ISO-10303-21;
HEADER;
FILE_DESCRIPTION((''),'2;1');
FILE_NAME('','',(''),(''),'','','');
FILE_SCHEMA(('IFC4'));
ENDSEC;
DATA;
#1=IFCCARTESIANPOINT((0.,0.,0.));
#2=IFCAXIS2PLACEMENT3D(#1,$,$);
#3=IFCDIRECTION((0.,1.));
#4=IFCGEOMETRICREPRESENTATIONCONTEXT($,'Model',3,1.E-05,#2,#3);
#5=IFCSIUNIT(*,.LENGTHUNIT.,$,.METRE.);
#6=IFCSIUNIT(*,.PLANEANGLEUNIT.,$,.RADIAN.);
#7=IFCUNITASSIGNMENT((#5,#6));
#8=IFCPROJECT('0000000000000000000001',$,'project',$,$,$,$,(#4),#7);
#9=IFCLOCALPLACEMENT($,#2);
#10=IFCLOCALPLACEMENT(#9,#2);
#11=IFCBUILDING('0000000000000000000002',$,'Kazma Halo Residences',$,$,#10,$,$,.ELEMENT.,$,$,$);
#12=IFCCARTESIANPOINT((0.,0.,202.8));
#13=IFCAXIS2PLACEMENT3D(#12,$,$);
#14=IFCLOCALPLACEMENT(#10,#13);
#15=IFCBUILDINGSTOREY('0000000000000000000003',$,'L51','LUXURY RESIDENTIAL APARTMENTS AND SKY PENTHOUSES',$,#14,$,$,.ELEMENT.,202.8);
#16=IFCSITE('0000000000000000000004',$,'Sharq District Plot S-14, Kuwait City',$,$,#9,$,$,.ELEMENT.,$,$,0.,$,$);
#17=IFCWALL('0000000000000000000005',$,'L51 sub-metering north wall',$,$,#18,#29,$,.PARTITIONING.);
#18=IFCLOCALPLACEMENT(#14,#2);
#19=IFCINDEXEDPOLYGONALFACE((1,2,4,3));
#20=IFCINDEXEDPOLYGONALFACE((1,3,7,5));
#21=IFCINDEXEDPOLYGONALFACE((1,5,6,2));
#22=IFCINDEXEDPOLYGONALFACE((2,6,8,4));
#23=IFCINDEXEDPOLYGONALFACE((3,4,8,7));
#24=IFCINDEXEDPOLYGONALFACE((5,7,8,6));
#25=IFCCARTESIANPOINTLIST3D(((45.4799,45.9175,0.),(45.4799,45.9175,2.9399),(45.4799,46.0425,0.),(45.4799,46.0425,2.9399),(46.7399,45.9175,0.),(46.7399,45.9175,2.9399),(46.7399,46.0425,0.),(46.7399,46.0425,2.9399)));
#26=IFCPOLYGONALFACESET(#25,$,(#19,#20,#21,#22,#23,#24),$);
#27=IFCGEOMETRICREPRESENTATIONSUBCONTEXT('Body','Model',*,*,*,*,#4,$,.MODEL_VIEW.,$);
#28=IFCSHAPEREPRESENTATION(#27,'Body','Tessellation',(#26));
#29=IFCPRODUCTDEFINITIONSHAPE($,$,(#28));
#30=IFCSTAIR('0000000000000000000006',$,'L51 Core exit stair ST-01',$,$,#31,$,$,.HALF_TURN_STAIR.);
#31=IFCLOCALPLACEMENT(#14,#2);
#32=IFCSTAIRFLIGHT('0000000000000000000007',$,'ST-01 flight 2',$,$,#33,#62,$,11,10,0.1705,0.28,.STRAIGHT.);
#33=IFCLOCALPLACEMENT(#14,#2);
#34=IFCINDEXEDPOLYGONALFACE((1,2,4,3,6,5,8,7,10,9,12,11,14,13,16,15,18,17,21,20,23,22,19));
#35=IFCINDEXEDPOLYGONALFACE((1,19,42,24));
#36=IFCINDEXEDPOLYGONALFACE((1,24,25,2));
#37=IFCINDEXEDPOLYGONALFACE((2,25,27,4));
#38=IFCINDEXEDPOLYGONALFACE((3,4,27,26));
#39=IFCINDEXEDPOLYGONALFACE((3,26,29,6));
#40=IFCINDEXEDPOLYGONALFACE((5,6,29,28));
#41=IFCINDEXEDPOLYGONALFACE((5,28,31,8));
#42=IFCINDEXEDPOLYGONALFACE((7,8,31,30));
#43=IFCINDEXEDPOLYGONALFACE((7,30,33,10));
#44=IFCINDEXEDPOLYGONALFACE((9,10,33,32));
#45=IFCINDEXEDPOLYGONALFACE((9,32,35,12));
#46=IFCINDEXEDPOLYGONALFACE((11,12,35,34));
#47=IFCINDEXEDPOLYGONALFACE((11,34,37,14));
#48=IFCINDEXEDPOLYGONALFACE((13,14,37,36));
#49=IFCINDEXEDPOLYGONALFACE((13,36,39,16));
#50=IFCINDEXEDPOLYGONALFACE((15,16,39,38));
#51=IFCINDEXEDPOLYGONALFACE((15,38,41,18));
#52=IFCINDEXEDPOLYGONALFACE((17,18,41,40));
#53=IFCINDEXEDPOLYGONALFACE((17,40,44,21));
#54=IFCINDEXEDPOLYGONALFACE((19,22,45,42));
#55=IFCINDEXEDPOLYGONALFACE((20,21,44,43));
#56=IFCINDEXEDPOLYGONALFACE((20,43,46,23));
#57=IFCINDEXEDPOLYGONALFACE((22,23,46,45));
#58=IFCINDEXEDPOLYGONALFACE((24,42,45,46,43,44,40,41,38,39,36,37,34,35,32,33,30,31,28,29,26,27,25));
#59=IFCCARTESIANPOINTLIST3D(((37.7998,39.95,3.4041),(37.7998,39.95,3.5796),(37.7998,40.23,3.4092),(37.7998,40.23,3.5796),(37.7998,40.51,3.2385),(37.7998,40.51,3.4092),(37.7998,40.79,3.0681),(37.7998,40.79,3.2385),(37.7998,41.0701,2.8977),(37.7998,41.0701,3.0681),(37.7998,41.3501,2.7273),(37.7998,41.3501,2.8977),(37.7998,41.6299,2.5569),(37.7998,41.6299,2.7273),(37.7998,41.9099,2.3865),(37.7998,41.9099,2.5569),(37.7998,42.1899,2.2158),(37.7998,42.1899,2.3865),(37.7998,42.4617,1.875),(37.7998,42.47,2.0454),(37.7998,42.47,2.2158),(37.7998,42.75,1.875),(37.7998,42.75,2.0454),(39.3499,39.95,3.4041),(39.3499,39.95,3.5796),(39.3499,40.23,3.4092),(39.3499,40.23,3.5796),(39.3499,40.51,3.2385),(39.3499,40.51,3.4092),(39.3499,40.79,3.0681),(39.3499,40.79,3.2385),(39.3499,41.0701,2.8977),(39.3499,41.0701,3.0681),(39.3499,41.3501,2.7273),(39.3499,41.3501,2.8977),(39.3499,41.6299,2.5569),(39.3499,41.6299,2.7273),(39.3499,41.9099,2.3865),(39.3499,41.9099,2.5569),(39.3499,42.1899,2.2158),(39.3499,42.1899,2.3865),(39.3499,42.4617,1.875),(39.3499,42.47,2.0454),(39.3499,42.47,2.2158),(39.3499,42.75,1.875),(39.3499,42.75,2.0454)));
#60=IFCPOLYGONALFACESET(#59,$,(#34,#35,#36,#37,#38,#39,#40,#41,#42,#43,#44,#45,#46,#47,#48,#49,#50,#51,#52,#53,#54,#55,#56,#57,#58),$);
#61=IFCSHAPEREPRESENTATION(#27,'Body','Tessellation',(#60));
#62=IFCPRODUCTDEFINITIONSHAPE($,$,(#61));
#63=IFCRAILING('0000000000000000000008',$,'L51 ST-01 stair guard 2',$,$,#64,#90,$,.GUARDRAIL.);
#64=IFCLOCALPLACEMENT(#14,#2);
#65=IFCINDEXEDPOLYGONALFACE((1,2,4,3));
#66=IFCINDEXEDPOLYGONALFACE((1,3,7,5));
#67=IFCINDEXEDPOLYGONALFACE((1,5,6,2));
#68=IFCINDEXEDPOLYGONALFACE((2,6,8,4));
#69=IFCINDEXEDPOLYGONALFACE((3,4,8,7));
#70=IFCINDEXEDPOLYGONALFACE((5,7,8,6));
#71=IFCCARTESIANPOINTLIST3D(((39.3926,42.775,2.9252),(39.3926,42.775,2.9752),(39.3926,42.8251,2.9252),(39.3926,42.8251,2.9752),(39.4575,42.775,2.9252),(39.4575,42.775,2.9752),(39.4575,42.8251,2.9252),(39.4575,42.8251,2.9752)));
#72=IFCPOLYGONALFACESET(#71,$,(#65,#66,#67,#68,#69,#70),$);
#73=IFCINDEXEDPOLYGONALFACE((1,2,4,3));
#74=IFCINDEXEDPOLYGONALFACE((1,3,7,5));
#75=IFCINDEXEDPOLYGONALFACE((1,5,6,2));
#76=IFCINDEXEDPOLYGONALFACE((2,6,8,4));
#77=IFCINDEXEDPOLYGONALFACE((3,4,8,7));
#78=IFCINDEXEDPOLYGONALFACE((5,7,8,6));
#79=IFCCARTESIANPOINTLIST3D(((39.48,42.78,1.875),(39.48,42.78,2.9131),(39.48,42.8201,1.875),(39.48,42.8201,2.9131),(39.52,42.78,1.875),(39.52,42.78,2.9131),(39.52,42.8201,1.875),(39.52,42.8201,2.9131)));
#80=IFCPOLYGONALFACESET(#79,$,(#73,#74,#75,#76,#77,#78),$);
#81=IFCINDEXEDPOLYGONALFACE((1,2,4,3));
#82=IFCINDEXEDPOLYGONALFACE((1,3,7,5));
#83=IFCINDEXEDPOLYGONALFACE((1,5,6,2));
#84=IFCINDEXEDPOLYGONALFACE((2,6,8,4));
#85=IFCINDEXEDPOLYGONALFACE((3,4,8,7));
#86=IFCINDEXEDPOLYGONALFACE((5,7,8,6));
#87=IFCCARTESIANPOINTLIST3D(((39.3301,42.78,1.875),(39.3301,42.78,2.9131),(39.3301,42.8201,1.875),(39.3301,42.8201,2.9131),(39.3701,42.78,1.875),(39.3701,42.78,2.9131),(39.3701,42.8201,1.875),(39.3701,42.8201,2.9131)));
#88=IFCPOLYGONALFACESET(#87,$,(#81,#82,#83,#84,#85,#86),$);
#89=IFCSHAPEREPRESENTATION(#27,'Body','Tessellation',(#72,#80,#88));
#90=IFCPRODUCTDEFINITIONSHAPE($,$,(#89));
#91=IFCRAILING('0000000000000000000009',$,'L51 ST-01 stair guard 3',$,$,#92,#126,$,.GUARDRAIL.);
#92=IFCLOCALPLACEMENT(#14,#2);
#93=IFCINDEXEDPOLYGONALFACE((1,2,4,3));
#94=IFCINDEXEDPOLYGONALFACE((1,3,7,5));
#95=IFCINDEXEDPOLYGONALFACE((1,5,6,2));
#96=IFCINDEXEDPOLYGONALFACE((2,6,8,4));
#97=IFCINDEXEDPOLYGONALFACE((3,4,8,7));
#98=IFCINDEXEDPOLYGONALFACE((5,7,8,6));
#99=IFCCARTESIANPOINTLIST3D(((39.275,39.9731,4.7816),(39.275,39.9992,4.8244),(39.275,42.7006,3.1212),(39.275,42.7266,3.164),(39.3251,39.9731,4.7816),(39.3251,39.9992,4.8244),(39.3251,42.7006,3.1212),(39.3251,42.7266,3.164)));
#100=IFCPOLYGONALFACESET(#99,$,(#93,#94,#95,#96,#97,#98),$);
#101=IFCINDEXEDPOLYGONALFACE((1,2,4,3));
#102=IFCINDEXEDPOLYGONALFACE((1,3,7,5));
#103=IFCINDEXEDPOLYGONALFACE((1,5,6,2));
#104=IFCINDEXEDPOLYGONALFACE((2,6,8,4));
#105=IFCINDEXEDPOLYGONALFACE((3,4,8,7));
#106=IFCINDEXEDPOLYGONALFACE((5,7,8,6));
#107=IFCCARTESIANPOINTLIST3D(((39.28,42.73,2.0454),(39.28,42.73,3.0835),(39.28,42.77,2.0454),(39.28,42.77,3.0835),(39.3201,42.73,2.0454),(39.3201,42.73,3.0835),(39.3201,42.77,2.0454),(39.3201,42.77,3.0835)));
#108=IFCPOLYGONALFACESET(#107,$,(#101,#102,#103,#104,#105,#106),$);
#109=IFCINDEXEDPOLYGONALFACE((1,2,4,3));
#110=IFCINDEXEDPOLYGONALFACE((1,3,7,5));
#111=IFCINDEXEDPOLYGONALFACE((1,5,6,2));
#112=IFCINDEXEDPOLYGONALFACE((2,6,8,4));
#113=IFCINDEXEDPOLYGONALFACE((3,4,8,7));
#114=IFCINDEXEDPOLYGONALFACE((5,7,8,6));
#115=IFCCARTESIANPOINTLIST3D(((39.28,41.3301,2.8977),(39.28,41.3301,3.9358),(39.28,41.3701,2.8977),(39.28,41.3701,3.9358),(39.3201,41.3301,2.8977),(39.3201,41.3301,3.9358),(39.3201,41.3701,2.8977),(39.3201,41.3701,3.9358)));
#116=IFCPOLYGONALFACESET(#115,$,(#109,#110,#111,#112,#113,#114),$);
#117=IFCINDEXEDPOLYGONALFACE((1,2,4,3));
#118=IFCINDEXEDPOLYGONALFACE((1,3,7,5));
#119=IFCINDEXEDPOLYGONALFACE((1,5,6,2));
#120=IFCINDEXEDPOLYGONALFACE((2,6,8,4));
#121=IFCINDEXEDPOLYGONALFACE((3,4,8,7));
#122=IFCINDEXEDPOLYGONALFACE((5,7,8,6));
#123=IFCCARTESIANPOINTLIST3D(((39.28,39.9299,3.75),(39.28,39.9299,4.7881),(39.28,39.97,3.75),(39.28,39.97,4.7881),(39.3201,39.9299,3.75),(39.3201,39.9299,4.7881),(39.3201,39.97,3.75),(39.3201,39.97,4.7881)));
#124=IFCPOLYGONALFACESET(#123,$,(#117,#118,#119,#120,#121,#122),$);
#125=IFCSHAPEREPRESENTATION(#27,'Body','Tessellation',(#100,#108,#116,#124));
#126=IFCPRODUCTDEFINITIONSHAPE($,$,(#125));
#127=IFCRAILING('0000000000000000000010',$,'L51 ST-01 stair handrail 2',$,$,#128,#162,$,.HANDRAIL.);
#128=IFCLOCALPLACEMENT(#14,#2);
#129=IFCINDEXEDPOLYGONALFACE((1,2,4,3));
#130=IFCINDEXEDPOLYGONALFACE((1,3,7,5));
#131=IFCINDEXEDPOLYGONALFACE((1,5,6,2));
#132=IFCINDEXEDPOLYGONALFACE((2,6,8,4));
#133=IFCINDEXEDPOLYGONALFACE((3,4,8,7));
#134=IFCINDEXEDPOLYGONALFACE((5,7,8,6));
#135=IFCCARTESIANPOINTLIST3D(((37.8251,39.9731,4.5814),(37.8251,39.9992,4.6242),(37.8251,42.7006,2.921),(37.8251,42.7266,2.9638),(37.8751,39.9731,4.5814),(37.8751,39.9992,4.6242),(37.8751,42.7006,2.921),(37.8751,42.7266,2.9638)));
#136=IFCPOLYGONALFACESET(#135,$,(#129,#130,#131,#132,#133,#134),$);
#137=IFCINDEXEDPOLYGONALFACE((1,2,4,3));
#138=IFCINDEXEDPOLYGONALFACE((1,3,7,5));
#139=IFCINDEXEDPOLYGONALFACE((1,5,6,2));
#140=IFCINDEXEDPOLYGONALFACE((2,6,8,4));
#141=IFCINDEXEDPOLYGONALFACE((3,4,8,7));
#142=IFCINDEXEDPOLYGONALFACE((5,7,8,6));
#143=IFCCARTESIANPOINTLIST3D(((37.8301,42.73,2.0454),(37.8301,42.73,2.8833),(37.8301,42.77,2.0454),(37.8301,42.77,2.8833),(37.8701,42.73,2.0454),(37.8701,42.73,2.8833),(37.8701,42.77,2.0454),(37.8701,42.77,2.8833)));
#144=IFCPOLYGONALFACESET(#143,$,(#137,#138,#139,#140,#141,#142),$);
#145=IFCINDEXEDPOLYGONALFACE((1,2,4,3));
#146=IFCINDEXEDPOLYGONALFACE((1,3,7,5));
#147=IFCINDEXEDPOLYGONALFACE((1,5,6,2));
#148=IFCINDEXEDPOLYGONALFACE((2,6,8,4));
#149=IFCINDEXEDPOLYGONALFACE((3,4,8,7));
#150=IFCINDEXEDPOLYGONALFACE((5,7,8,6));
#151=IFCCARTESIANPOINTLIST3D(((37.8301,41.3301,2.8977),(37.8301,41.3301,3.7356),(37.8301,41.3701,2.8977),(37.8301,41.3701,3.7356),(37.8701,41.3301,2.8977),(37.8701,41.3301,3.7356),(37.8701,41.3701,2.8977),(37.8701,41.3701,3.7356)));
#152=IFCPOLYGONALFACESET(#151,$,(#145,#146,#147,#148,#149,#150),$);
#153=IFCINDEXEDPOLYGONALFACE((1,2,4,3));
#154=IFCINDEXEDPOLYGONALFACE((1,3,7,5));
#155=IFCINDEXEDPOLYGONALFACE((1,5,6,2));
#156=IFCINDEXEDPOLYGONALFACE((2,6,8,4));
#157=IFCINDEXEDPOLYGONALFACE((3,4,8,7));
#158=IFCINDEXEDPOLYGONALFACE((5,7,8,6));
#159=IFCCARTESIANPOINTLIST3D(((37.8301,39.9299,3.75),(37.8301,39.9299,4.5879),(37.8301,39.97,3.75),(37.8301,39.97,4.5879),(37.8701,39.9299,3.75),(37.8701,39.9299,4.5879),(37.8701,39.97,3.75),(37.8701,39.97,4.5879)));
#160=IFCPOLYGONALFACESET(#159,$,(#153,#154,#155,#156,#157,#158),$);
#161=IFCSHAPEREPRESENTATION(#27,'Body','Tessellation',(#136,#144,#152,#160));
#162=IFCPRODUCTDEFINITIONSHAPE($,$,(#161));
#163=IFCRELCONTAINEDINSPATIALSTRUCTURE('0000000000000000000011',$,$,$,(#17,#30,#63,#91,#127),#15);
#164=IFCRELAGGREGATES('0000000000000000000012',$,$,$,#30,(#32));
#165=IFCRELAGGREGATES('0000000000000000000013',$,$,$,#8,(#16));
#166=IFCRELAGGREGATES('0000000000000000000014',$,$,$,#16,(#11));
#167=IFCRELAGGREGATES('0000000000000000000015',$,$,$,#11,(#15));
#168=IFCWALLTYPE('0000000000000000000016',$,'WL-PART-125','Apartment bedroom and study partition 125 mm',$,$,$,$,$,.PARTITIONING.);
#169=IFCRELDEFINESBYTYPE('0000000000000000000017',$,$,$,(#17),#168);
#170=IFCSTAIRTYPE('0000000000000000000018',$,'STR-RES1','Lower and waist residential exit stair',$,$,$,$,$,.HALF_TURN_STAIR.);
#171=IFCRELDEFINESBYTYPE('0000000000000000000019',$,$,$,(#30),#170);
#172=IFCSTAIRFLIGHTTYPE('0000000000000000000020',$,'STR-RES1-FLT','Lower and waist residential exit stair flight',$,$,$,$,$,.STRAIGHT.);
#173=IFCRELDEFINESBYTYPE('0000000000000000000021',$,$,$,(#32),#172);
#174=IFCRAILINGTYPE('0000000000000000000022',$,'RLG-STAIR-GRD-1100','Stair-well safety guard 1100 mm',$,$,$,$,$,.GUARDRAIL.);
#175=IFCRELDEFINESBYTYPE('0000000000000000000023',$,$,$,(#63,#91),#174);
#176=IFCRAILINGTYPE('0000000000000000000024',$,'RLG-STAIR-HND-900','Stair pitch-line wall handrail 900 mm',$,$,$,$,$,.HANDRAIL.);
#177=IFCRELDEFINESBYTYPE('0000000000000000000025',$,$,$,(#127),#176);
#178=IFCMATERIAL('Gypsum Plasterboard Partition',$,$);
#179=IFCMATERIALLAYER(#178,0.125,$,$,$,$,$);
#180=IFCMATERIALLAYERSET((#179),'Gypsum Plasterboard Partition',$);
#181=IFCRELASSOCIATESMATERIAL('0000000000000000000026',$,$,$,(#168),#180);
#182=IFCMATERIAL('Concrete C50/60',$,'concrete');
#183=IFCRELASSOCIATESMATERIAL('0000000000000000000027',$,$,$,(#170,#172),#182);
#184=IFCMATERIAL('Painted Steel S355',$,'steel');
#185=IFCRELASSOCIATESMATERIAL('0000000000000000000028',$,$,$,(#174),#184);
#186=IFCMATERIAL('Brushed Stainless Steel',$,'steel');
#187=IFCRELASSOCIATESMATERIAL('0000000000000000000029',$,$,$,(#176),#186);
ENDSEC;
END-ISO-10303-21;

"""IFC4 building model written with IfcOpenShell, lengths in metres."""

from ifc_helpers import new_model, si_unit, direction, frame, frame_2d, origin, origin_2d, place, context, subcontext, project, spatial, polyline, rectangle, outline, extrude, material, layer, layer_set, type_object, element, aggregate, save


model = new_model("IFC4")

# Units and contexts
model_context = context("Model", 3, precision=1e-05, world=origin(), true_north=direction((0.0, 1.0)))
body_context = subcontext(model_context, "Body", "Model", "MODEL_VIEW")
ifc_project = project(units=[si_unit("LENGTHUNIT", "METRE"), si_unit("PLANEANGLEUNIT", "RADIAN")], contexts=[model_context])

# Site, building, storey
site_placement = place(None, origin())
site = spatial("IfcSite", under=ifc_project, at=site_placement, Name="Sharq District Plot S-14, Kuwait City", CompositionType="ELEMENT", RefElevation=0.0)
building_placement = place(site_placement, origin())
building = spatial("IfcBuilding", under=site, at=building_placement, Name="Kazma Halo Residences", CompositionType="ELEMENT")
storey_placement = place(building_placement, frame((0.0, 0.0, 202.8)))
storey = spatial("IfcBuildingStorey", under=building, at=storey_placement, Name="L51", Description="LUXURY RESIDENTIAL APARTMENTS AND SKY PENTHOUSES", CompositionType="ELEMENT", Elevation=202.8)

# Shared definitions
ifc_material_1 = material(Name="Gypsum Plasterboard Partition")
ifc_layer_1 = layer(ifc_material_1, 0.125)
ifc_layer_set_1 = layer_set([ifc_layer_1], Name="Gypsum Plasterboard Partition")
wall_type_1 = type_object("IfcWallType", Name="WL-PART-125", Description="Apartment bedroom and study partition 125 mm", PredefinedType="PARTITIONING", material=ifc_layer_set_1)

# Wall
wall_1_placement = place(storey_placement, frame((45.48, 45.98, 0.0), z_axis=(0.0, 0.0, 1.0), x_axis=(1.0, 0.0, 0.0)))
element("IfcWall", 1, at=wall_1_placement, inside=storey, type_object=wall_type_1, Name="L51 sub-metering north wall", PredefinedType="PARTITIONING", context=body_context, shape_type="SweptSolid", body=[
    extrude(rectangle(XDim=1.26, YDim=0.125, at=frame_2d((0.6299, 0.0))), origin(), (0.0, 0.0, 1.0), 2.9399),
])

# Stair, stair flight
ifc_material_2 = material(Name="Concrete C50/60", Category="concrete")
stair_type = type_object("IfcStairType", Name="STR-RES1", Description="Lower and waist residential exit stair", PredefinedType="HALF_TURN_STAIR", material=ifc_material_2)
stair_placement = place(storey_placement, origin())
stair = element("IfcStair", 2, at=stair_placement, inside=storey, type_object=stair_type, Name="L51 Core exit stair ST-01", PredefinedType="HALF_TURN_STAIR")
stair_flight_type = type_object("IfcStairFlightType", Name="STR-RES1-FLT", Description="Lower and waist residential exit stair flight", PredefinedType="STRAIGHT", material=ifc_material_2)
stair_flight_placement = place(storey_placement, frame((38.575, 42.75, 1.875), z_axis=(0.0, 0.0, 1.0), x_axis=(0.0, -1.0, 0.0)))
stair_flight = element("IfcStairFlight", 3, at=stair_flight_placement, type_object=stair_flight_type, Name="ST-01 flight 2", NumberOfRisers=11, NumberOfTreads=10, PredefinedType="STRAIGHT", RiserHeight=0.1705, TreadLength=0.28, context=body_context, shape_type="SweptSolid", body=[
    extrude(outline(polyline([(0.0, 0.0), (0.0, 0.1704), (0.28, 0.1704), (0.28, 0.3408), (0.5601, 0.3408), (0.5601, 0.5115), (0.8401, 0.5115), (0.8401, 0.6819), (1.1201, 0.6819), (1.1201, 0.8523), (1.3999, 0.8523), (1.3999, 1.0227), (1.6799, 1.0227), (1.6799, 1.1931), (1.96, 1.1931), (1.96, 1.3635), (2.24, 1.3635), (2.24, 1.5342), (2.52, 1.5342), (2.52, 1.7046), (2.8, 1.7046), (2.8, 1.875), (2.8, 1.5291), (0.2883, 0.0), (0.0, 0.0)])), frame((0.0, 0.7749, 0.0), z_axis=(0.0, -1.0, 0.0), x_axis=(1.0, 0.0, 0.0)), (0.0, 0.0, 1.0), 1.55),
])
aggregate(stair, [stair_flight])

# Railings
ifc_material_3 = material(Name="Painted Steel S355", Category="steel")
railing_type_1 = type_object("IfcRailingType", Name="RLG-STAIR-GRD-1100", Description="Stair-well safety guard 1100 mm", PredefinedType="GUARDRAIL", material=ifc_material_3)
railing_1_placement = place(storey_placement, frame((39.5, 42.8, 1.875)))
element("IfcRailing", 4, at=railing_1_placement, inside=storey, type_object=railing_type_1, Name="L51 ST-01 stair guard 2", PredefinedType="GUARDRAIL", context=body_context, shape_type="SweptSolid", body=[
    extrude(rectangle(XDim=0.05, YDim=0.05, at=origin_2d()), frame((-0.0425, 0.0, 1.0752), z_axis=(-1.0, 0.0, 0.0), x_axis=(0.0, -1.0, 0.0)), (0.0, 0.0, 1.0), 0.0649),
    extrude(rectangle(XDim=0.04, YDim=0.04, at=origin_2d()), origin(), (0.0, 0.0, 1.0), 1.0381),
    extrude(rectangle(XDim=0.04, YDim=0.04, at=origin_2d()), frame((-0.1499, 0.0, 0.0)), (0.0, 0.0, 1.0), 1.0381),
])
railing_2_placement = place(storey_placement, frame((39.3, 42.75, 2.0454)))
element("IfcRailing", 5, at=railing_2_placement, inside=storey, type_object=railing_type_1, Name="L51 ST-01 stair guard 3", PredefinedType="GUARDRAIL", context=body_context, shape_type="SweptSolid", body=[
    extrude(rectangle(XDim=0.05, YDim=0.05, at=origin_2d()), frame((0.0, -0.0364, 1.0972), z_axis=(0.0, -0.85417, 0.519994), x_axis=(1.0, 0.0, 0.0)), (0.0, 0.0, 1.0), 3.1931),
    extrude(rectangle(XDim=0.04, YDim=0.04, at=origin_2d()), origin(), (0.0, 0.0, 1.0), 1.0381),
    extrude(rectangle(XDim=0.04, YDim=0.04, at=origin_2d()), frame((0.0, -1.3999, 0.8523)), (0.0, 0.0, 1.0), 1.0381),
    extrude(rectangle(XDim=0.04, YDim=0.04, at=origin_2d()), frame((0.0, -2.8, 1.7046)), (0.0, 0.0, 1.0), 1.0381),
])
ifc_material_4 = material(Name="Brushed Stainless Steel", Category="steel")
railing_type_2 = type_object("IfcRailingType", Name="RLG-STAIR-HND-900", Description="Stair pitch-line wall handrail 900 mm", PredefinedType="HANDRAIL", material=ifc_material_4)
railing_3_placement = place(storey_placement, frame((37.8501, 42.75, 2.0454)))
element("IfcRailing", 6, at=railing_3_placement, inside=storey, type_object=railing_type_2, Name="L51 ST-01 stair handrail 2", PredefinedType="HANDRAIL", context=body_context, shape_type="SweptSolid", body=[
    extrude(rectangle(XDim=0.05, YDim=0.05, at=origin_2d()), frame((0.0, -0.0364, 0.897), z_axis=(0.0, -0.85417, 0.519994), x_axis=(1.0, 0.0, 0.0)), (0.0, 0.0, 1.0), 3.1931),
    extrude(rectangle(XDim=0.04, YDim=0.04, at=origin_2d()), origin(), (0.0, 0.0, 1.0), 0.8379),
    extrude(rectangle(XDim=0.04, YDim=0.04, at=origin_2d()), frame((0.0, -1.3999, 0.8523)), (0.0, 0.0, 1.0), 0.8379),
    extrude(rectangle(XDim=0.04, YDim=0.04, at=origin_2d()), frame((0.0, -2.8, 1.7046)), (0.0, 0.0, 1.0), 0.8379),
])

save(model, "model.ifc")
